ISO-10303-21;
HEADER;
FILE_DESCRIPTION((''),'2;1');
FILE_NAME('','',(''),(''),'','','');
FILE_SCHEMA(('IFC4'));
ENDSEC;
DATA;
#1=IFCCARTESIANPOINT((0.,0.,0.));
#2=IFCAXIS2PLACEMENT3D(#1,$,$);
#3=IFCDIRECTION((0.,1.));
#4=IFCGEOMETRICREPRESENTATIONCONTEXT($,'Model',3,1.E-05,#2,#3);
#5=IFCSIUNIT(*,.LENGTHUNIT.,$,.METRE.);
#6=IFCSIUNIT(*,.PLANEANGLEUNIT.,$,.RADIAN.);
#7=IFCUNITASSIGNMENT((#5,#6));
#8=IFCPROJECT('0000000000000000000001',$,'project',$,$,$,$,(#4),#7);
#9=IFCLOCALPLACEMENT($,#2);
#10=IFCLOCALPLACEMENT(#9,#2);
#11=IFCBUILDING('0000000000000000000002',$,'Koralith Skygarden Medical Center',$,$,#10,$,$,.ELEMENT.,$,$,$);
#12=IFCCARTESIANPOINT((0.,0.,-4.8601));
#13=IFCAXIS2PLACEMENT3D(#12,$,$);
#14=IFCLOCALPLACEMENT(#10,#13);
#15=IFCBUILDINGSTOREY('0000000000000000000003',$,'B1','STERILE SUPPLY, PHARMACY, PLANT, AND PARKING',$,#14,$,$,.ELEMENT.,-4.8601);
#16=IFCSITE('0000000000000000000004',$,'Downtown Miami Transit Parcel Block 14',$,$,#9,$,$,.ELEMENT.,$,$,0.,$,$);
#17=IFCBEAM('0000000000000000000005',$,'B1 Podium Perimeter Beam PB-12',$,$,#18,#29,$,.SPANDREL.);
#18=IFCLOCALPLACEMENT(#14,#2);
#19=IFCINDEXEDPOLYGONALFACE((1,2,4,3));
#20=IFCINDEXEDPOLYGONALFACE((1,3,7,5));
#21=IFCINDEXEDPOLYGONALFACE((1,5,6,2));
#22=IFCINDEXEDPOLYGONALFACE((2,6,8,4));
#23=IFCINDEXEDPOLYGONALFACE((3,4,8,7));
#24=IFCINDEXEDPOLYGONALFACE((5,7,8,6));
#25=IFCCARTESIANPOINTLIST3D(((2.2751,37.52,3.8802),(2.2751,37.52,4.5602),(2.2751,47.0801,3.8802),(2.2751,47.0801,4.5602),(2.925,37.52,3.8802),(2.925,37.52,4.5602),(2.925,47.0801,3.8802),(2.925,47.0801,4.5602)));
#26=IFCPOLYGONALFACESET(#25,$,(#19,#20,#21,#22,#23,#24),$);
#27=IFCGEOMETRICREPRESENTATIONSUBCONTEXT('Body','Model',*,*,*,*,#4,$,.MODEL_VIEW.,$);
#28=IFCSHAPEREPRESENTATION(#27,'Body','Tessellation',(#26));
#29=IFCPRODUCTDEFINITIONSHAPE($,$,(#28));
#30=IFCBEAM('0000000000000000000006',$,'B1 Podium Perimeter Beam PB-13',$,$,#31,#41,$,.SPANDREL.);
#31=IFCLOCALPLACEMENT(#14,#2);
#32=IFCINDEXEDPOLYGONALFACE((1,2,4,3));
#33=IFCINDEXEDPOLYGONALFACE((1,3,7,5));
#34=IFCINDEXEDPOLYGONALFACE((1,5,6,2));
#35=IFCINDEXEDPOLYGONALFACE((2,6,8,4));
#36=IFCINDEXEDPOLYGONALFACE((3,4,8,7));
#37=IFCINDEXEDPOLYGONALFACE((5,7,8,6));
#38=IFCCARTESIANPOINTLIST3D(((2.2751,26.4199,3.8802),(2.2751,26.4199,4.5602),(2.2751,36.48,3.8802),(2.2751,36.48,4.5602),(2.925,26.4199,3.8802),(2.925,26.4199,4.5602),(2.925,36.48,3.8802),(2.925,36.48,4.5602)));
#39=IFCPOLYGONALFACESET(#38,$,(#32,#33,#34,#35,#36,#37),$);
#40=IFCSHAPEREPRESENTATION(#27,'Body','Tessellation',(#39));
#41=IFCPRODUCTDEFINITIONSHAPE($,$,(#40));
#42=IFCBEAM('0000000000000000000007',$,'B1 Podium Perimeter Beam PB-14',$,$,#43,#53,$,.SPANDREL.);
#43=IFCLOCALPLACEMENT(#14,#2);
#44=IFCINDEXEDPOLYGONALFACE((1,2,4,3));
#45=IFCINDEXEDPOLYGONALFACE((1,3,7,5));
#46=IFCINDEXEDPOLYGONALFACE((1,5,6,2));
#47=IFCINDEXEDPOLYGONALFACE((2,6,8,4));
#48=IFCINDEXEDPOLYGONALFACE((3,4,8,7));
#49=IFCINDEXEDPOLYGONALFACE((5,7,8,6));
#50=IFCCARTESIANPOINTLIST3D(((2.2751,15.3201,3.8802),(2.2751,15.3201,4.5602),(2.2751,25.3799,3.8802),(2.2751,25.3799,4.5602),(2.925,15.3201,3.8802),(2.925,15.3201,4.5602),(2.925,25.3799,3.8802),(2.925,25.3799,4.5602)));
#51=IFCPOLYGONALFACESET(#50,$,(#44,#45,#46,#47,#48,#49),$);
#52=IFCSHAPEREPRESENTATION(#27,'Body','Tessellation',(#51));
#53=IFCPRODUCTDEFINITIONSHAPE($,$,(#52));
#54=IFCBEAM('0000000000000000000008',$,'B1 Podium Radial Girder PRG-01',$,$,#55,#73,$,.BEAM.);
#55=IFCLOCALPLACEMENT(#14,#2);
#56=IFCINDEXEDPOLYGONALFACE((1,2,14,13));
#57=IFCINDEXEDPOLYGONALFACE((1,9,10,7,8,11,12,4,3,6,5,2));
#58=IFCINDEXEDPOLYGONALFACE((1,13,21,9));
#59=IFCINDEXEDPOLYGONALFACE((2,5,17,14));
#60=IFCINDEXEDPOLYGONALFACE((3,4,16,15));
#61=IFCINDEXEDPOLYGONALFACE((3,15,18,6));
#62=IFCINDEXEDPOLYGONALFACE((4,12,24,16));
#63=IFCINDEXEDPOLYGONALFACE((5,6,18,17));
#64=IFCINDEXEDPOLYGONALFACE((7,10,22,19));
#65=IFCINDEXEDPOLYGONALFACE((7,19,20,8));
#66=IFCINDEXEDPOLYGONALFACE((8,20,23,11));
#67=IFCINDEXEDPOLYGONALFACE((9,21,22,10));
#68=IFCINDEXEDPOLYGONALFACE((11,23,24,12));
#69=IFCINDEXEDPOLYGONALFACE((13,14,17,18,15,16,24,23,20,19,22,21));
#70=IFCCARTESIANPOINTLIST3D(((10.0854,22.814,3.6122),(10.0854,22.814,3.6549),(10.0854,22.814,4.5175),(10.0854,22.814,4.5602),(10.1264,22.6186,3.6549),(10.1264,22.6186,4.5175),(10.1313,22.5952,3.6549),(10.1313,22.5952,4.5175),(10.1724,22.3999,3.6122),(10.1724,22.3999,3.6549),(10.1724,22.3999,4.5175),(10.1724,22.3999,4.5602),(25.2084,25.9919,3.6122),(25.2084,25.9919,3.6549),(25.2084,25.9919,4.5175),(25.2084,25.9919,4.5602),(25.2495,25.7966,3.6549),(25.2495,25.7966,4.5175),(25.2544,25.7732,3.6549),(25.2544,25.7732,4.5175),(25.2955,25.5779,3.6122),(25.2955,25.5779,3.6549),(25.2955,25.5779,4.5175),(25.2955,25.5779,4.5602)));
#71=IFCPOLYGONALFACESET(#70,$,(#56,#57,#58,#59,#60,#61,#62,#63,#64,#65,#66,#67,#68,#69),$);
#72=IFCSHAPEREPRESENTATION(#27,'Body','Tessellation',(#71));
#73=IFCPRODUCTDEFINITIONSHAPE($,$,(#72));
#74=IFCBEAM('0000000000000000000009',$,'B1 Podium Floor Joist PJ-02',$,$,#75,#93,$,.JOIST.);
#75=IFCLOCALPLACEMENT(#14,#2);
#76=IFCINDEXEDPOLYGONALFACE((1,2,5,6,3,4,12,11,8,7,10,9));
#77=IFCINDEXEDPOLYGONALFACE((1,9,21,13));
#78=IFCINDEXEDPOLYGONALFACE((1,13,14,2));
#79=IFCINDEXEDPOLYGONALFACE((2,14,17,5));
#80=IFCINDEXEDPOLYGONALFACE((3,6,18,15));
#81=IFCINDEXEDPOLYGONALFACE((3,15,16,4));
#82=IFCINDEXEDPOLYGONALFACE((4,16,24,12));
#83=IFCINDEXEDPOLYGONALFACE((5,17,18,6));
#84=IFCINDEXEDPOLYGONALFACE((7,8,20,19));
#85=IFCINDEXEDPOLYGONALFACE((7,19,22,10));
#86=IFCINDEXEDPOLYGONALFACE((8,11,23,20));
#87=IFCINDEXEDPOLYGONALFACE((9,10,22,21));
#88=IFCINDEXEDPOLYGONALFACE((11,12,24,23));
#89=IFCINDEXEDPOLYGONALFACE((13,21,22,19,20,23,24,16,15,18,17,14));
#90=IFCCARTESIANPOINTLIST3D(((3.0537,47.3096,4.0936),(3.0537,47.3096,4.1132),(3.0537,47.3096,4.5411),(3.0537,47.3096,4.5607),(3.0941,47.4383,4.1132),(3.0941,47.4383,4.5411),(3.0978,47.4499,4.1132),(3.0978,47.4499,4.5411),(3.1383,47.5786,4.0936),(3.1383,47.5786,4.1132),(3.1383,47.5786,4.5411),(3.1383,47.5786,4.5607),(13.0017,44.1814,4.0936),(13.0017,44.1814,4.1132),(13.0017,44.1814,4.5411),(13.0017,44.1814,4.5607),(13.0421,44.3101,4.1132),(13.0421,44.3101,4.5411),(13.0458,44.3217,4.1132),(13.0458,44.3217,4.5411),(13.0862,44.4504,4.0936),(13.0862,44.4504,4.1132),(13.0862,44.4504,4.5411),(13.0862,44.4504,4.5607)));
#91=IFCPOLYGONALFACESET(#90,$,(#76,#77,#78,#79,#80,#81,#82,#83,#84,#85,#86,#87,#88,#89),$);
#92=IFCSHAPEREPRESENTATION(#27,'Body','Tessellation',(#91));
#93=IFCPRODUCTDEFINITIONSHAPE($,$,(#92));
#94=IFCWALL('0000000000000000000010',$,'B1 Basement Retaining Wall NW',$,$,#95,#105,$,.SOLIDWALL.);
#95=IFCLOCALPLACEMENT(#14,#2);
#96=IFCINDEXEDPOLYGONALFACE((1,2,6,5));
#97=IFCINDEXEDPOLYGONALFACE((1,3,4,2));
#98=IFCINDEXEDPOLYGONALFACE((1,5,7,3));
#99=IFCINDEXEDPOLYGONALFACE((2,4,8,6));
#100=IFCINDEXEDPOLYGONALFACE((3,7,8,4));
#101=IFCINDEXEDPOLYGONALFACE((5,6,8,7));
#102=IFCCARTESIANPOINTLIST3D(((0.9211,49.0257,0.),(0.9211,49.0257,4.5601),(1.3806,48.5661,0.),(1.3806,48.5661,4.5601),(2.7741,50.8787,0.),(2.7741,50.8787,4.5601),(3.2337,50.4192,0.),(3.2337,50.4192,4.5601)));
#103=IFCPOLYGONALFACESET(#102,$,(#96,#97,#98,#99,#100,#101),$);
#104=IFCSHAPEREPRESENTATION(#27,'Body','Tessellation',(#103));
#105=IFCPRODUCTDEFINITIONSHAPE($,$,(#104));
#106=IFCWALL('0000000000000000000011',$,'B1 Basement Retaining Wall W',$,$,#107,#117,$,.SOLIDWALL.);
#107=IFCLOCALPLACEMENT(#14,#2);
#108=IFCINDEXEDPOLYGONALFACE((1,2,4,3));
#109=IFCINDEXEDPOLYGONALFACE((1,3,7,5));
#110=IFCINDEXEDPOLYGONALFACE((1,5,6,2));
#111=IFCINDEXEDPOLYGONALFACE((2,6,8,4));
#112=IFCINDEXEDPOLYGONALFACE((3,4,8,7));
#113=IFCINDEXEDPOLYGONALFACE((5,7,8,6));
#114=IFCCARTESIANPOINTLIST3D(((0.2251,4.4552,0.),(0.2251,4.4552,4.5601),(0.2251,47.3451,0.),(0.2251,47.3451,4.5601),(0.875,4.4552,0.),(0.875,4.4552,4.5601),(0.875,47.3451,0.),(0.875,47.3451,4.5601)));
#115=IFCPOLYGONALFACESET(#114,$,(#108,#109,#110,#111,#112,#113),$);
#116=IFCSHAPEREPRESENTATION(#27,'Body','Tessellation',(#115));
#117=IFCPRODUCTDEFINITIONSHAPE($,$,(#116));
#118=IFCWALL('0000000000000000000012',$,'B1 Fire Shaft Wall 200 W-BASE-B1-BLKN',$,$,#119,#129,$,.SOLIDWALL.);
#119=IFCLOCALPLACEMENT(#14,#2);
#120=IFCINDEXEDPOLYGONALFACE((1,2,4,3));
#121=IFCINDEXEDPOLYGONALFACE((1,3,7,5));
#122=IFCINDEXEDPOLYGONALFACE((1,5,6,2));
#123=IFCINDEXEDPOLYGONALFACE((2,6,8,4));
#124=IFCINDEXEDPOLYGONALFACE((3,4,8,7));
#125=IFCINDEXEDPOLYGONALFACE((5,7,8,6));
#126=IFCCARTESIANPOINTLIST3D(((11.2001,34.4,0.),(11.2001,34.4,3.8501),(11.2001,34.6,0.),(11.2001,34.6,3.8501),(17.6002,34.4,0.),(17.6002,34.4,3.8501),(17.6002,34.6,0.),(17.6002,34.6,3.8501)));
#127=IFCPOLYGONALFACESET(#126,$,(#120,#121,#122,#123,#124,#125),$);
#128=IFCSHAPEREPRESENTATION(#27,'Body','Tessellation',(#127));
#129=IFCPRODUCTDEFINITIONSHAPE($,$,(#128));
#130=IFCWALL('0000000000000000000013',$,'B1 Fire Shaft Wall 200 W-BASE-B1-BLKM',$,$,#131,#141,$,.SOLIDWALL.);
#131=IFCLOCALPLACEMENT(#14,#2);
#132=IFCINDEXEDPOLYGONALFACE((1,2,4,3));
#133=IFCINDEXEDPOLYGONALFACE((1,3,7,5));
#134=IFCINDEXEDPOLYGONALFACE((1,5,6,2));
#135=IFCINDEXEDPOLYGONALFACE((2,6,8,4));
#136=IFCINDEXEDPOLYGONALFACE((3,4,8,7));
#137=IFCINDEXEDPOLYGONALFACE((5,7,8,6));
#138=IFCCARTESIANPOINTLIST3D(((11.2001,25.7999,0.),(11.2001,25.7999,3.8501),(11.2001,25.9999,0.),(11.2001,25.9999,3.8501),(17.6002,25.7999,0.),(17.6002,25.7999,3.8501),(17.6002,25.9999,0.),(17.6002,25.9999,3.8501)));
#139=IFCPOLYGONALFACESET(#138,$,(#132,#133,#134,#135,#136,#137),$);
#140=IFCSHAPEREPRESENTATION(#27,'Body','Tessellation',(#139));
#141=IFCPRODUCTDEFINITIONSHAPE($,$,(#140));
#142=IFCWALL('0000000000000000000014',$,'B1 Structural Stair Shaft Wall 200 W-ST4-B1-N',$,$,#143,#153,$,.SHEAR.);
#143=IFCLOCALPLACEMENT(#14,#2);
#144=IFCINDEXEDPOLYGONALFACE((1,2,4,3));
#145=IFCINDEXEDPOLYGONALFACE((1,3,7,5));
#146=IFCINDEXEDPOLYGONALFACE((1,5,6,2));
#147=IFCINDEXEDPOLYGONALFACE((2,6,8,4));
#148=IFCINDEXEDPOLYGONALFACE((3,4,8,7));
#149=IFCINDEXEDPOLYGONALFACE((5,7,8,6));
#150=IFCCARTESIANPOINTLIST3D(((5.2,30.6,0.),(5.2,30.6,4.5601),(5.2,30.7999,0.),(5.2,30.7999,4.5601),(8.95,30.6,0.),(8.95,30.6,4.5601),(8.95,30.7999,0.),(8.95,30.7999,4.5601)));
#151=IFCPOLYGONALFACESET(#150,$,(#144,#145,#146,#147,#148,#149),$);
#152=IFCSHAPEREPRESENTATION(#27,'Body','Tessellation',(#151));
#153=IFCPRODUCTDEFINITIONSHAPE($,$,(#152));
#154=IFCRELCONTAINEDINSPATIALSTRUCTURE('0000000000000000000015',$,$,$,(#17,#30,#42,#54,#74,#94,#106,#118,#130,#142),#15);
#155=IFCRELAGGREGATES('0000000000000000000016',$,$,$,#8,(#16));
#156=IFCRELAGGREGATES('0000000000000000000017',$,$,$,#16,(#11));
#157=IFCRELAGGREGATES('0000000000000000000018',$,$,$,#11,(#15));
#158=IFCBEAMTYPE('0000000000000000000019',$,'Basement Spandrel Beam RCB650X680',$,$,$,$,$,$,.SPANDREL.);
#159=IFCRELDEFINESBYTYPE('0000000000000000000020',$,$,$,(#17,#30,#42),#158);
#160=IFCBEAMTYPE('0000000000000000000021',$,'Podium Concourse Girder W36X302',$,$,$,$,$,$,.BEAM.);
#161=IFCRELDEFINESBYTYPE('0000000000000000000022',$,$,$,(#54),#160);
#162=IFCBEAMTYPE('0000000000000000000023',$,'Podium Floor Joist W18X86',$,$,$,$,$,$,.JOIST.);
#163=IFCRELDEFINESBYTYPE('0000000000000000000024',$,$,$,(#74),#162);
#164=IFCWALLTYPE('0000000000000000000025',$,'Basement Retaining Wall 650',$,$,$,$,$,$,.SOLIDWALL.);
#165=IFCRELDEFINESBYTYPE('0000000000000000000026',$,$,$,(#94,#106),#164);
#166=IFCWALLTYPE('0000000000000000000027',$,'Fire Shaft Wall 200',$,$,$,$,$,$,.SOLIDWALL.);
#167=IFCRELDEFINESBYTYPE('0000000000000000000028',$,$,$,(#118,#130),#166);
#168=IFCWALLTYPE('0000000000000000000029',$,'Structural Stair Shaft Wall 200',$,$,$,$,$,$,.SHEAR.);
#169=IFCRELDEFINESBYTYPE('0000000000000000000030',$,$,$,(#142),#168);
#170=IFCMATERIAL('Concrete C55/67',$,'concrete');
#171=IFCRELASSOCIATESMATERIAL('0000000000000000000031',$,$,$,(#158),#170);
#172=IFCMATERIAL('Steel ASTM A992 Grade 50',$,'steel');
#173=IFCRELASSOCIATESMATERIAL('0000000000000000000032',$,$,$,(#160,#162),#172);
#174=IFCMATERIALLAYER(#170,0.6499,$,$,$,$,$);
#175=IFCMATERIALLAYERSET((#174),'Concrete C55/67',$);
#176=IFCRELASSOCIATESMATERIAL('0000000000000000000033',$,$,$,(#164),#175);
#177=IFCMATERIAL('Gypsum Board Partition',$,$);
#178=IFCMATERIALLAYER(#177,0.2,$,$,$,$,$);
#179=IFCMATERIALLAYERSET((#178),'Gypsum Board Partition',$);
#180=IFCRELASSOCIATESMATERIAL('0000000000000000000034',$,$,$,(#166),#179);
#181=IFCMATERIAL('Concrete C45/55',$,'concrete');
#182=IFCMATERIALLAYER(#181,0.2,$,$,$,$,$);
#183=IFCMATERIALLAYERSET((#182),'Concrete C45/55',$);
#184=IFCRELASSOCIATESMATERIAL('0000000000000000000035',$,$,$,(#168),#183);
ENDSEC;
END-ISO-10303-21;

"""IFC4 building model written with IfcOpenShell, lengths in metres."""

from ifc_helpers import new_model, si_unit, direction, frame, frame_2d, origin, origin_2d, place, context, subcontext, project, spatial, rectangle, i_section, extrude, material, layer, layer_set, material_profile, profile_set, type_object, element, save


model = new_model("IFC4")

# Units and contexts
model_context = context("Model", 3, precision=1e-05, world=origin(), true_north=direction((0.0, 1.0)))
body_context = subcontext(model_context, "Body", "Model", "MODEL_VIEW")
ifc_project = project(units=[si_unit("LENGTHUNIT", "METRE"), si_unit("PLANEANGLEUNIT", "RADIAN")], contexts=[model_context])

# Site, building, storey
site_placement = place(None, origin())
site = spatial("IfcSite", under=ifc_project, at=site_placement, Name="Downtown Miami Transit Parcel Block 14", CompositionType="ELEMENT", RefElevation=0.0)
building_placement = place(site_placement, origin())
building = spatial("IfcBuilding", under=site, at=building_placement, Name="Koralith Skygarden Medical Center", CompositionType="ELEMENT")
storey_placement = place(building_placement, frame((0.0, 0.0, -4.8601)))
storey = spatial("IfcBuildingStorey", under=building, at=storey_placement, Name="B1", Description="STERILE SUPPLY, PHARMACY, PLANT, AND PARKING", CompositionType="ELEMENT", Elevation=-4.8601)

# Shared definitions
ifc_material_1 = material(Name="Concrete C55/67", Category="concrete")

# Beams
ifc_material_profile_1 = material_profile(ifc_material_1, rectangle(XDim=0.6499, YDim=0.6799, at=origin_2d()), Name="RCB650X680")
ifc_profile_set_1 = profile_set([ifc_material_profile_1], Name="Concrete C55/67")
beam_type_1 = type_object("IfcBeamType", Name="Basement Spandrel Beam RCB650X680", PredefinedType="SPANDREL", material=ifc_profile_set_1)
beam_1_placement = place(storey_placement, frame((2.6001, 47.0801, 4.2202), z_axis=(0.0, -1.0, 0.0), x_axis=(1.0, 0.0, 0.0)))
element("IfcBeam", 1, at=beam_1_placement, inside=storey, type_object=beam_type_1, Name="B1 Podium Perimeter Beam PB-12", PredefinedType="SPANDREL", context=body_context, shape_type="SweptSolid", body=[
    extrude(rectangle(XDim=0.6499, YDim=0.6799, at=origin_2d()), origin(), (0.0, 0.0, 1.0), 9.5601),
])
beam_2_placement = place(storey_placement, frame((2.6001, 36.48, 4.2202), z_axis=(0.0, -1.0, 0.0), x_axis=(1.0, 0.0, 0.0)))
element("IfcBeam", 2, at=beam_2_placement, inside=storey, type_object=beam_type_1, Name="B1 Podium Perimeter Beam PB-13", PredefinedType="SPANDREL", context=body_context, shape_type="SweptSolid", body=[
    extrude(rectangle(XDim=0.6499, YDim=0.6799, at=origin_2d()), origin(), (0.0, 0.0, 1.0), 10.0601),
])
beam_3_placement = place(storey_placement, frame((2.6001, 25.3799, 4.2202), z_axis=(0.0, -1.0, 0.0), x_axis=(1.0, 0.0, 0.0)))
element("IfcBeam", 3, at=beam_3_placement, inside=storey, type_object=beam_type_1, Name="B1 Podium Perimeter Beam PB-14", PredefinedType="SPANDREL", context=body_context, shape_type="SweptSolid", body=[
    extrude(rectangle(XDim=0.6499, YDim=0.6799, at=origin_2d()), origin(), (0.0, 0.0, 1.0), 10.0598),
])
ifc_material_2 = material(Name="Steel ASTM A992 Grade 50", Category="steel")
ifc_material_profile_2 = material_profile(ifc_material_2, i_section(OverallWidth=0.4231, OverallDepth=0.948, WebThickness=0.0239, FlangeThickness=0.0427, at=origin_2d()), Name="W36X302")
ifc_profile_set_2 = profile_set([ifc_material_profile_2], Name="Steel ASTM A992 Grade 50")
beam_type_2 = type_object("IfcBeamType", Name="Podium Concourse Girder W36X302", PredefinedType="BEAM", material=ifc_profile_set_2)
beam_4_placement = place(storey_placement, frame((25.252, 25.7849, 4.0862), z_axis=(-0.978626, -0.20565, 0.0), x_axis=(0.20565, -0.978626, 0.0)))
element("IfcBeam", 4, at=beam_4_placement, inside=storey, type_object=beam_type_2, Name="B1 Podium Radial Girder PRG-01", PredefinedType="BEAM", context=body_context, shape_type="SweptSolid", body=[
    extrude(i_section(OverallWidth=0.4231, OverallDepth=0.948, WebThickness=0.0239, FlangeThickness=0.0427, at=origin_2d()), origin(), (0.0, 0.0, 1.0), 15.4534),
])
ifc_material_profile_3 = material_profile(ifc_material_2, i_section(OverallWidth=0.282, OverallDepth=0.467, WebThickness=0.0122, FlangeThickness=0.0195, at=origin_2d()), Name="W18X86")
ifc_profile_set_3 = profile_set([ifc_material_profile_3], Name="Steel ASTM A992 Grade 50")
beam_type_3 = type_object("IfcBeamType", Name="Podium Floor Joist W18X86", PredefinedType="JOIST", material=ifc_profile_set_3)
beam_5_placement = place(storey_placement, frame((13.0439, 44.3159, 4.3271), z_axis=(-0.953948, 0.299971, 0.0), x_axis=(-0.299971, -0.953948, 0.0)))
element("IfcBeam", 5, at=beam_5_placement, inside=storey, type_object=beam_type_3, Name="B1 Podium Floor Joist PJ-02", PredefinedType="JOIST", context=body_context, shape_type="SweptSolid", body=[
    extrude(i_section(OverallWidth=0.282, OverallDepth=0.467, WebThickness=0.0122, FlangeThickness=0.0195, at=origin_2d()), origin(), (0.0, 0.0, 1.0), 10.4282),
])

# Walls
ifc_layer_1 = layer(ifc_material_1, 0.6499)
ifc_layer_set_1 = layer_set([ifc_layer_1], Name="Concrete C55/67")
wall_type_1 = type_object("IfcWallType", Name="Basement Retaining Wall 650", PredefinedType="SOLIDWALL", material=ifc_layer_set_1)
wall_1_placement = place(storey_placement, frame((3.0039, 50.6489, 0.0), z_axis=(0.0, 0.0, 1.0), x_axis=(-0.707107, -0.707107, 0.0)))
element("IfcWall", 6, at=wall_1_placement, inside=storey, type_object=wall_type_1, Name="B1 Basement Retaining Wall NW", PredefinedType="SOLIDWALL", context=body_context, shape_type="SweptSolid", body=[
    extrude(rectangle(XDim=2.6206, YDim=0.6499, at=frame_2d((1.3103, 0.0))), origin(), (0.0, 0.0, 1.0), 4.5601),
])
wall_2_placement = place(storey_placement, frame((0.55, 47.345, 0.0), z_axis=(0.0, 0.0, 1.0), x_axis=(0.0, -1.0, 0.0)))
element("IfcWall", 7, at=wall_2_placement, inside=storey, type_object=wall_type_1, Name="B1 Basement Retaining Wall W", PredefinedType="SOLIDWALL", context=body_context, shape_type="SweptSolid", body=[
    extrude(rectangle(XDim=42.8899, YDim=0.6499, at=frame_2d((21.4448, 0.0))), origin(), (0.0, 0.0, 1.0), 4.5601),
])
ifc_material_3 = material(Name="Gypsum Board Partition")
ifc_layer_2 = layer(ifc_material_3, 0.2)
ifc_layer_set_2 = layer_set([ifc_layer_2], Name="Gypsum Board Partition")
wall_type_2 = type_object("IfcWallType", Name="Fire Shaft Wall 200", PredefinedType="SOLIDWALL", material=ifc_layer_set_2)
for number, where, z_axis, x_axis, name in (
    (8, (11.2, 34.5, 0.0), (0.0, 0.0, 1.0), (1.0, 0.0, 0.0), "B1 Fire Shaft Wall 200 W-BASE-B1-BLKN"),
    (9, (11.2, 25.8999, 0.0), (0.0, 0.0, 1.0), (1.0, 0.0, 0.0), "B1 Fire Shaft Wall 200 W-BASE-B1-BLKM"),
):
    element("IfcWall", number, at=place(storey_placement, frame(where, z_axis=z_axis, x_axis=x_axis)), inside=storey, type_object=wall_type_2, Name=name, PredefinedType="SOLIDWALL", context=body_context, shape_type="SweptSolid", body=[
        extrude(rectangle(XDim=6.4001, YDim=0.2, at=frame_2d((3.2002, 0.0))), origin(), (0.0, 0.0, 1.0), 3.8501),
    ])
ifc_material_4 = material(Name="Concrete C45/55", Category="concrete")
ifc_layer_3 = layer(ifc_material_4, 0.2)
ifc_layer_set_3 = layer_set([ifc_layer_3], Name="Concrete C45/55")
wall_type_3 = type_object("IfcWallType", Name="Structural Stair Shaft Wall 200", PredefinedType="SHEAR", material=ifc_layer_set_3)
wall_3_placement = place(storey_placement, frame((5.2, 30.7, 0.0), z_axis=(0.0, 0.0, 1.0), x_axis=(1.0, 0.0, 0.0)))
element("IfcWall", 10, at=wall_3_placement, inside=storey, type_object=wall_type_3, Name="B1 Structural Stair Shaft Wall 200 W-ST4-B1-N", PredefinedType="SHEAR", context=body_context, shape_type="SweptSolid", body=[
    extrude(rectangle(XDim=3.75, YDim=0.2, at=frame_2d((1.875, 0.0))), origin(), (0.0, 0.0, 1.0), 4.5601),
])

save(model, "model.ifc")
